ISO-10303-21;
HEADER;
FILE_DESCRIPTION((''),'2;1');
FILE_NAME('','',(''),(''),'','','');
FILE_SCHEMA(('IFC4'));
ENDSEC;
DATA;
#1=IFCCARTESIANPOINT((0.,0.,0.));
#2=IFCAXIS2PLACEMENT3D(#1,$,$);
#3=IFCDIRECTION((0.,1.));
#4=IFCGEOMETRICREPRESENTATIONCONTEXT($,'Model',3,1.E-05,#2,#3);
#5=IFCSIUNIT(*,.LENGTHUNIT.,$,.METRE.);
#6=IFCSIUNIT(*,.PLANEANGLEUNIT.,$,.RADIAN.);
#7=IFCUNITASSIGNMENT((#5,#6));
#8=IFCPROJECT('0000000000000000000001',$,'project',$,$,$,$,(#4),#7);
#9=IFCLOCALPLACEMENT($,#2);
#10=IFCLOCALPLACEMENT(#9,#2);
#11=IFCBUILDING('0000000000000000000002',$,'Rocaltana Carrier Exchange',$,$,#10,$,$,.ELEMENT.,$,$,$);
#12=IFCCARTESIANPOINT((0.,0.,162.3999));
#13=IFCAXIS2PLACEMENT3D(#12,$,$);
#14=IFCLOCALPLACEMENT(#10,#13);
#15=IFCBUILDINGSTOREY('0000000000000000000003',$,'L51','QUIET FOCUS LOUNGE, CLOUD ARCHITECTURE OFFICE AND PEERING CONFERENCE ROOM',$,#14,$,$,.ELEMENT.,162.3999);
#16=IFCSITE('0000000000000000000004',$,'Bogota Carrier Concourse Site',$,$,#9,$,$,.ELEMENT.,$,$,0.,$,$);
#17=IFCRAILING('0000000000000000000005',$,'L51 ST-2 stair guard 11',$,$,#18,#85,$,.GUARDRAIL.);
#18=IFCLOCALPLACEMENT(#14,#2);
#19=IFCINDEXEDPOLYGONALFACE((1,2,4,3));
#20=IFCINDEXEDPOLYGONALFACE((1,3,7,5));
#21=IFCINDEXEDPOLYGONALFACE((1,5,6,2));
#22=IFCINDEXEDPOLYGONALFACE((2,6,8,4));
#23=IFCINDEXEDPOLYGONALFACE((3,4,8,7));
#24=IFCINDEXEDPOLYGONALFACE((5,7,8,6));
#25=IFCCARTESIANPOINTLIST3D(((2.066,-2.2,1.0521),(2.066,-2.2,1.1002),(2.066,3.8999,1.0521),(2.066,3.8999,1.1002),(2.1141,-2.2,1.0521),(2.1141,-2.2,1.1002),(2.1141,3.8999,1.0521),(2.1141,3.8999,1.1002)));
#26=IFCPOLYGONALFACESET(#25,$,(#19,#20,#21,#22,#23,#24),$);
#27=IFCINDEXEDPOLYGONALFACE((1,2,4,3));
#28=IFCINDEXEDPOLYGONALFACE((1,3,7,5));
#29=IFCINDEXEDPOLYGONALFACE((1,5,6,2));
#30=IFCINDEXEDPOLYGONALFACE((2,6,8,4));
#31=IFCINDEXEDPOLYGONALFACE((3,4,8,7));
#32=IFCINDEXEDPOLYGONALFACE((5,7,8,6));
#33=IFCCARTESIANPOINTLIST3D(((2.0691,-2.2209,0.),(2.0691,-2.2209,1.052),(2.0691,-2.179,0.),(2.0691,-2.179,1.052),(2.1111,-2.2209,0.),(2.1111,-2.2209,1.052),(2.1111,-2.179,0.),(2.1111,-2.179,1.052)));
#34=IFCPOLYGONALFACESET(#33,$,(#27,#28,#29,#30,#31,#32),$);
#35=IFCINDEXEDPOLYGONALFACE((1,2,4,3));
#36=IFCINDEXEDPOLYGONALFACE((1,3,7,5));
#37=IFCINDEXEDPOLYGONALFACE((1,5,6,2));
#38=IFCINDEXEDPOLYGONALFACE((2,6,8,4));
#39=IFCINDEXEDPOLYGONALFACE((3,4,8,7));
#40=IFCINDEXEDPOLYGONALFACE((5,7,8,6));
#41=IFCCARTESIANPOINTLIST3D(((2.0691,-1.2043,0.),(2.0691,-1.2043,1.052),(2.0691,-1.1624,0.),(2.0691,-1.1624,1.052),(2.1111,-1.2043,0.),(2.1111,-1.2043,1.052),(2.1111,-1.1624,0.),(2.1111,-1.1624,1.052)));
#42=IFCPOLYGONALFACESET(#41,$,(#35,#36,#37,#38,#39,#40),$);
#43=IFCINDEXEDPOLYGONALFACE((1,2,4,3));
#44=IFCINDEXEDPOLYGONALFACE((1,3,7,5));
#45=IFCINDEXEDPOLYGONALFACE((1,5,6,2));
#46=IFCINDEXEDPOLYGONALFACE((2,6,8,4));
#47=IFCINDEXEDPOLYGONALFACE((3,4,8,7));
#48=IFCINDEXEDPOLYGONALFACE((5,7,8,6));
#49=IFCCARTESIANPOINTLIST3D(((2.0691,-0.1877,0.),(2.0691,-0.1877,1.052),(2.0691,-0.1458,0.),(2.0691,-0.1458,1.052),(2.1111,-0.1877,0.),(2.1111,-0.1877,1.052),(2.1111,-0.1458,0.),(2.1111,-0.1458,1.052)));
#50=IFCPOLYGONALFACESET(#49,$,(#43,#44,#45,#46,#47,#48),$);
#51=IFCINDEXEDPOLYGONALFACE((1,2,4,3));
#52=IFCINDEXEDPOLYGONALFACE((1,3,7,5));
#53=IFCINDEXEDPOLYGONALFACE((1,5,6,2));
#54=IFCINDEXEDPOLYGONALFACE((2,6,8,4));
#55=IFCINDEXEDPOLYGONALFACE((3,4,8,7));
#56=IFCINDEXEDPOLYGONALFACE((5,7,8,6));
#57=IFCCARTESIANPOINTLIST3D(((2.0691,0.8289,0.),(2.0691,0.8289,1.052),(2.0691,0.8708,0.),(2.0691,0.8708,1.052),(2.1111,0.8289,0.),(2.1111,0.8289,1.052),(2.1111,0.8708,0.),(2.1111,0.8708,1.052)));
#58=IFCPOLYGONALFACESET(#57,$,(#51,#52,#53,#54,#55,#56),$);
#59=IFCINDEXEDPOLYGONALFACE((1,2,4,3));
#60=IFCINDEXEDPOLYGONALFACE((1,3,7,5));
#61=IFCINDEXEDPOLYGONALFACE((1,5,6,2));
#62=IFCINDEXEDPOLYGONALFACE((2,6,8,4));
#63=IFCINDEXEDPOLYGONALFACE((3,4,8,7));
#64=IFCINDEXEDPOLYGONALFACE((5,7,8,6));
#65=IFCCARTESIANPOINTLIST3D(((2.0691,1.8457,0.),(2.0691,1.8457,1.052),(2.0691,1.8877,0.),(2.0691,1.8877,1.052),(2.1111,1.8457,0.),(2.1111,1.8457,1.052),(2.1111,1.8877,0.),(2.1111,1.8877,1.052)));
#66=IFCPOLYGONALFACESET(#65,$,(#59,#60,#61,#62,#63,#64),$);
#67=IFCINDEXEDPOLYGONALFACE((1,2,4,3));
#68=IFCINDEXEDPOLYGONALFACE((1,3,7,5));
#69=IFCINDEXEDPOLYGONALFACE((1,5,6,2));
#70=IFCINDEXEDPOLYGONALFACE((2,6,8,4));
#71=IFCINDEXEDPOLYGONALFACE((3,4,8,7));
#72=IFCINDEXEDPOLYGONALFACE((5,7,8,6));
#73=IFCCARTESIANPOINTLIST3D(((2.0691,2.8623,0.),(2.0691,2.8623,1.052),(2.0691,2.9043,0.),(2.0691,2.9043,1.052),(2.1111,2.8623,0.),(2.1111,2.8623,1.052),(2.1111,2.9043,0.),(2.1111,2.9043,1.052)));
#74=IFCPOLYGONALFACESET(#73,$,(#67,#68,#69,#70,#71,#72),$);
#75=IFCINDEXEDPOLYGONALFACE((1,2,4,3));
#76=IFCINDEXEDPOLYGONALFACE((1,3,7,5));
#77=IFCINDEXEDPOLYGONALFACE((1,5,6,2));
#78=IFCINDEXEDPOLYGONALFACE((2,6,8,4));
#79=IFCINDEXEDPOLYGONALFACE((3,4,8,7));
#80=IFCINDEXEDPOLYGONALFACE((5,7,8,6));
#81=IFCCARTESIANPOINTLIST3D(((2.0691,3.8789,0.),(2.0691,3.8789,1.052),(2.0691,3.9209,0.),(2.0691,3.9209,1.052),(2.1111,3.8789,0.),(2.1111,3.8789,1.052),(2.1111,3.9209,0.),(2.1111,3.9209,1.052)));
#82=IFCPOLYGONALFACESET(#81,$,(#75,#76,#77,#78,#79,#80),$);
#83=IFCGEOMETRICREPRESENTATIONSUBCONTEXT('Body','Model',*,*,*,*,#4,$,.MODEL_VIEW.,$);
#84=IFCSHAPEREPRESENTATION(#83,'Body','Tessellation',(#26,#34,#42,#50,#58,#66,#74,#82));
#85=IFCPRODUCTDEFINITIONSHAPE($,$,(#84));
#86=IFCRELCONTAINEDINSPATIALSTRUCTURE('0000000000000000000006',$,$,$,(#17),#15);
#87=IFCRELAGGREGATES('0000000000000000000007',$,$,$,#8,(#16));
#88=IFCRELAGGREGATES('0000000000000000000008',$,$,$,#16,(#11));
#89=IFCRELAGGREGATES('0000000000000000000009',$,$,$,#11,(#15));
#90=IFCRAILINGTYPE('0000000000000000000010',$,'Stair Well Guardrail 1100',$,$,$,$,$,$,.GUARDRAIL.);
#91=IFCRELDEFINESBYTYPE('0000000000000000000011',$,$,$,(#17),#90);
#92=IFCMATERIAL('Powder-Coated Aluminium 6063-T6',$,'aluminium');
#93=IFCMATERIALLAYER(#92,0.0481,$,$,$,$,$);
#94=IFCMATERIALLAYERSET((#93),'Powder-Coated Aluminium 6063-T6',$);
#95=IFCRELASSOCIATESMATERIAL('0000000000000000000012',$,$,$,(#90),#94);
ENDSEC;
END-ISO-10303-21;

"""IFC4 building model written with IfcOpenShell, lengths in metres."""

from ifc_helpers import new_model, si_unit, direction, frame, origin, origin_2d, place, context, subcontext, project, spatial, rectangle, extrude, material, layer, layer_set, type_object, element, save


model = new_model("IFC4")

# Units and contexts
model_context = context("Model", 3, precision=1e-05, world=origin(), true_north=direction((0.0, 1.0)))
body_context = subcontext(model_context, "Body", "Model", "MODEL_VIEW")
ifc_project = project(units=[si_unit("LENGTHUNIT", "METRE"), si_unit("PLANEANGLEUNIT", "RADIAN")], contexts=[model_context])

# Site, building, storey
site_placement = place(None, origin())
site = spatial("IfcSite", under=ifc_project, at=site_placement, Name="Bogota Carrier Concourse Site", CompositionType="ELEMENT", RefElevation=0.0)
building_placement = place(site_placement, origin())
building = spatial("IfcBuilding", under=site, at=building_placement, Name="Rocaltana Carrier Exchange", CompositionType="ELEMENT")
storey_placement = place(building_placement, frame((0.0, 0.0, 162.3999)))
storey = spatial("IfcBuildingStorey", under=building, at=storey_placement, Name="L51", Description="QUIET FOCUS LOUNGE, CLOUD ARCHITECTURE OFFICE AND PEERING CONFERENCE ROOM", CompositionType="ELEMENT", Elevation=162.3999)

# Railing
ifc_material_1 = material(Name="Powder-Coated Aluminium 6063-T6", Category="aluminium")
ifc_layer_1 = layer(ifc_material_1, 0.0481)
ifc_layer_set_1 = layer_set([ifc_layer_1], Name="Powder-Coated Aluminium 6063-T6")
railing_type_1 = type_object("IfcRailingType", Name="Stair Well Guardrail 1100", PredefinedType="GUARDRAIL", material=ifc_layer_set_1)
for number, where, name in (
    (1, (2.0901, -2.2, 0.0), "L51 ST-2 stair guard 11"),
):
    element("IfcRailing", number, at=place(storey_placement, frame(where)), inside=storey, type_object=railing_type_1, Name=name, PredefinedType="GUARDRAIL", context=body_context, shape_type="SweptSolid", body=[
        extrude(rectangle(XDim=0.0481, YDim=0.0481, at=origin_2d()), frame((0.0, 0.0, 1.0762), z_axis=(0.0, 1.0, 0.0), x_axis=(-1.0, 0.0, 0.0)), (0.0, 0.0, 1.0), 6.0999),
        extrude(rectangle(XDim=0.042, YDim=0.042, at=origin_2d()), origin(), (0.0, 0.0, 1.0), 1.052),
        extrude(rectangle(XDim=0.042, YDim=0.042, at=origin_2d()), frame((0.0, 1.0166, 0.0)), (0.0, 0.0, 1.0), 1.052),
        extrude(rectangle(XDim=0.042, YDim=0.042, at=origin_2d()), frame((0.0, 2.0332, 0.0)), (0.0, 0.0, 1.0), 1.052),
        extrude(rectangle(XDim=0.042, YDim=0.042, at=origin_2d()), frame((0.0, 3.0498, 0.0)), (0.0, 0.0, 1.0), 1.052),
        extrude(rectangle(XDim=0.042, YDim=0.042, at=origin_2d()), frame((0.0, 4.0667, 0.0)), (0.0, 0.0, 1.0), 1.052),
        extrude(rectangle(XDim=0.042, YDim=0.042, at=origin_2d()), frame((0.0, 5.0833, 0.0)), (0.0, 0.0, 1.0), 1.052),
        extrude(rectangle(XDim=0.042, YDim=0.042, at=origin_2d()), frame((0.0, 6.0999, 0.0)), (0.0, 0.0, 1.0), 1.052),
    ])

save(model, "model.ifc")
